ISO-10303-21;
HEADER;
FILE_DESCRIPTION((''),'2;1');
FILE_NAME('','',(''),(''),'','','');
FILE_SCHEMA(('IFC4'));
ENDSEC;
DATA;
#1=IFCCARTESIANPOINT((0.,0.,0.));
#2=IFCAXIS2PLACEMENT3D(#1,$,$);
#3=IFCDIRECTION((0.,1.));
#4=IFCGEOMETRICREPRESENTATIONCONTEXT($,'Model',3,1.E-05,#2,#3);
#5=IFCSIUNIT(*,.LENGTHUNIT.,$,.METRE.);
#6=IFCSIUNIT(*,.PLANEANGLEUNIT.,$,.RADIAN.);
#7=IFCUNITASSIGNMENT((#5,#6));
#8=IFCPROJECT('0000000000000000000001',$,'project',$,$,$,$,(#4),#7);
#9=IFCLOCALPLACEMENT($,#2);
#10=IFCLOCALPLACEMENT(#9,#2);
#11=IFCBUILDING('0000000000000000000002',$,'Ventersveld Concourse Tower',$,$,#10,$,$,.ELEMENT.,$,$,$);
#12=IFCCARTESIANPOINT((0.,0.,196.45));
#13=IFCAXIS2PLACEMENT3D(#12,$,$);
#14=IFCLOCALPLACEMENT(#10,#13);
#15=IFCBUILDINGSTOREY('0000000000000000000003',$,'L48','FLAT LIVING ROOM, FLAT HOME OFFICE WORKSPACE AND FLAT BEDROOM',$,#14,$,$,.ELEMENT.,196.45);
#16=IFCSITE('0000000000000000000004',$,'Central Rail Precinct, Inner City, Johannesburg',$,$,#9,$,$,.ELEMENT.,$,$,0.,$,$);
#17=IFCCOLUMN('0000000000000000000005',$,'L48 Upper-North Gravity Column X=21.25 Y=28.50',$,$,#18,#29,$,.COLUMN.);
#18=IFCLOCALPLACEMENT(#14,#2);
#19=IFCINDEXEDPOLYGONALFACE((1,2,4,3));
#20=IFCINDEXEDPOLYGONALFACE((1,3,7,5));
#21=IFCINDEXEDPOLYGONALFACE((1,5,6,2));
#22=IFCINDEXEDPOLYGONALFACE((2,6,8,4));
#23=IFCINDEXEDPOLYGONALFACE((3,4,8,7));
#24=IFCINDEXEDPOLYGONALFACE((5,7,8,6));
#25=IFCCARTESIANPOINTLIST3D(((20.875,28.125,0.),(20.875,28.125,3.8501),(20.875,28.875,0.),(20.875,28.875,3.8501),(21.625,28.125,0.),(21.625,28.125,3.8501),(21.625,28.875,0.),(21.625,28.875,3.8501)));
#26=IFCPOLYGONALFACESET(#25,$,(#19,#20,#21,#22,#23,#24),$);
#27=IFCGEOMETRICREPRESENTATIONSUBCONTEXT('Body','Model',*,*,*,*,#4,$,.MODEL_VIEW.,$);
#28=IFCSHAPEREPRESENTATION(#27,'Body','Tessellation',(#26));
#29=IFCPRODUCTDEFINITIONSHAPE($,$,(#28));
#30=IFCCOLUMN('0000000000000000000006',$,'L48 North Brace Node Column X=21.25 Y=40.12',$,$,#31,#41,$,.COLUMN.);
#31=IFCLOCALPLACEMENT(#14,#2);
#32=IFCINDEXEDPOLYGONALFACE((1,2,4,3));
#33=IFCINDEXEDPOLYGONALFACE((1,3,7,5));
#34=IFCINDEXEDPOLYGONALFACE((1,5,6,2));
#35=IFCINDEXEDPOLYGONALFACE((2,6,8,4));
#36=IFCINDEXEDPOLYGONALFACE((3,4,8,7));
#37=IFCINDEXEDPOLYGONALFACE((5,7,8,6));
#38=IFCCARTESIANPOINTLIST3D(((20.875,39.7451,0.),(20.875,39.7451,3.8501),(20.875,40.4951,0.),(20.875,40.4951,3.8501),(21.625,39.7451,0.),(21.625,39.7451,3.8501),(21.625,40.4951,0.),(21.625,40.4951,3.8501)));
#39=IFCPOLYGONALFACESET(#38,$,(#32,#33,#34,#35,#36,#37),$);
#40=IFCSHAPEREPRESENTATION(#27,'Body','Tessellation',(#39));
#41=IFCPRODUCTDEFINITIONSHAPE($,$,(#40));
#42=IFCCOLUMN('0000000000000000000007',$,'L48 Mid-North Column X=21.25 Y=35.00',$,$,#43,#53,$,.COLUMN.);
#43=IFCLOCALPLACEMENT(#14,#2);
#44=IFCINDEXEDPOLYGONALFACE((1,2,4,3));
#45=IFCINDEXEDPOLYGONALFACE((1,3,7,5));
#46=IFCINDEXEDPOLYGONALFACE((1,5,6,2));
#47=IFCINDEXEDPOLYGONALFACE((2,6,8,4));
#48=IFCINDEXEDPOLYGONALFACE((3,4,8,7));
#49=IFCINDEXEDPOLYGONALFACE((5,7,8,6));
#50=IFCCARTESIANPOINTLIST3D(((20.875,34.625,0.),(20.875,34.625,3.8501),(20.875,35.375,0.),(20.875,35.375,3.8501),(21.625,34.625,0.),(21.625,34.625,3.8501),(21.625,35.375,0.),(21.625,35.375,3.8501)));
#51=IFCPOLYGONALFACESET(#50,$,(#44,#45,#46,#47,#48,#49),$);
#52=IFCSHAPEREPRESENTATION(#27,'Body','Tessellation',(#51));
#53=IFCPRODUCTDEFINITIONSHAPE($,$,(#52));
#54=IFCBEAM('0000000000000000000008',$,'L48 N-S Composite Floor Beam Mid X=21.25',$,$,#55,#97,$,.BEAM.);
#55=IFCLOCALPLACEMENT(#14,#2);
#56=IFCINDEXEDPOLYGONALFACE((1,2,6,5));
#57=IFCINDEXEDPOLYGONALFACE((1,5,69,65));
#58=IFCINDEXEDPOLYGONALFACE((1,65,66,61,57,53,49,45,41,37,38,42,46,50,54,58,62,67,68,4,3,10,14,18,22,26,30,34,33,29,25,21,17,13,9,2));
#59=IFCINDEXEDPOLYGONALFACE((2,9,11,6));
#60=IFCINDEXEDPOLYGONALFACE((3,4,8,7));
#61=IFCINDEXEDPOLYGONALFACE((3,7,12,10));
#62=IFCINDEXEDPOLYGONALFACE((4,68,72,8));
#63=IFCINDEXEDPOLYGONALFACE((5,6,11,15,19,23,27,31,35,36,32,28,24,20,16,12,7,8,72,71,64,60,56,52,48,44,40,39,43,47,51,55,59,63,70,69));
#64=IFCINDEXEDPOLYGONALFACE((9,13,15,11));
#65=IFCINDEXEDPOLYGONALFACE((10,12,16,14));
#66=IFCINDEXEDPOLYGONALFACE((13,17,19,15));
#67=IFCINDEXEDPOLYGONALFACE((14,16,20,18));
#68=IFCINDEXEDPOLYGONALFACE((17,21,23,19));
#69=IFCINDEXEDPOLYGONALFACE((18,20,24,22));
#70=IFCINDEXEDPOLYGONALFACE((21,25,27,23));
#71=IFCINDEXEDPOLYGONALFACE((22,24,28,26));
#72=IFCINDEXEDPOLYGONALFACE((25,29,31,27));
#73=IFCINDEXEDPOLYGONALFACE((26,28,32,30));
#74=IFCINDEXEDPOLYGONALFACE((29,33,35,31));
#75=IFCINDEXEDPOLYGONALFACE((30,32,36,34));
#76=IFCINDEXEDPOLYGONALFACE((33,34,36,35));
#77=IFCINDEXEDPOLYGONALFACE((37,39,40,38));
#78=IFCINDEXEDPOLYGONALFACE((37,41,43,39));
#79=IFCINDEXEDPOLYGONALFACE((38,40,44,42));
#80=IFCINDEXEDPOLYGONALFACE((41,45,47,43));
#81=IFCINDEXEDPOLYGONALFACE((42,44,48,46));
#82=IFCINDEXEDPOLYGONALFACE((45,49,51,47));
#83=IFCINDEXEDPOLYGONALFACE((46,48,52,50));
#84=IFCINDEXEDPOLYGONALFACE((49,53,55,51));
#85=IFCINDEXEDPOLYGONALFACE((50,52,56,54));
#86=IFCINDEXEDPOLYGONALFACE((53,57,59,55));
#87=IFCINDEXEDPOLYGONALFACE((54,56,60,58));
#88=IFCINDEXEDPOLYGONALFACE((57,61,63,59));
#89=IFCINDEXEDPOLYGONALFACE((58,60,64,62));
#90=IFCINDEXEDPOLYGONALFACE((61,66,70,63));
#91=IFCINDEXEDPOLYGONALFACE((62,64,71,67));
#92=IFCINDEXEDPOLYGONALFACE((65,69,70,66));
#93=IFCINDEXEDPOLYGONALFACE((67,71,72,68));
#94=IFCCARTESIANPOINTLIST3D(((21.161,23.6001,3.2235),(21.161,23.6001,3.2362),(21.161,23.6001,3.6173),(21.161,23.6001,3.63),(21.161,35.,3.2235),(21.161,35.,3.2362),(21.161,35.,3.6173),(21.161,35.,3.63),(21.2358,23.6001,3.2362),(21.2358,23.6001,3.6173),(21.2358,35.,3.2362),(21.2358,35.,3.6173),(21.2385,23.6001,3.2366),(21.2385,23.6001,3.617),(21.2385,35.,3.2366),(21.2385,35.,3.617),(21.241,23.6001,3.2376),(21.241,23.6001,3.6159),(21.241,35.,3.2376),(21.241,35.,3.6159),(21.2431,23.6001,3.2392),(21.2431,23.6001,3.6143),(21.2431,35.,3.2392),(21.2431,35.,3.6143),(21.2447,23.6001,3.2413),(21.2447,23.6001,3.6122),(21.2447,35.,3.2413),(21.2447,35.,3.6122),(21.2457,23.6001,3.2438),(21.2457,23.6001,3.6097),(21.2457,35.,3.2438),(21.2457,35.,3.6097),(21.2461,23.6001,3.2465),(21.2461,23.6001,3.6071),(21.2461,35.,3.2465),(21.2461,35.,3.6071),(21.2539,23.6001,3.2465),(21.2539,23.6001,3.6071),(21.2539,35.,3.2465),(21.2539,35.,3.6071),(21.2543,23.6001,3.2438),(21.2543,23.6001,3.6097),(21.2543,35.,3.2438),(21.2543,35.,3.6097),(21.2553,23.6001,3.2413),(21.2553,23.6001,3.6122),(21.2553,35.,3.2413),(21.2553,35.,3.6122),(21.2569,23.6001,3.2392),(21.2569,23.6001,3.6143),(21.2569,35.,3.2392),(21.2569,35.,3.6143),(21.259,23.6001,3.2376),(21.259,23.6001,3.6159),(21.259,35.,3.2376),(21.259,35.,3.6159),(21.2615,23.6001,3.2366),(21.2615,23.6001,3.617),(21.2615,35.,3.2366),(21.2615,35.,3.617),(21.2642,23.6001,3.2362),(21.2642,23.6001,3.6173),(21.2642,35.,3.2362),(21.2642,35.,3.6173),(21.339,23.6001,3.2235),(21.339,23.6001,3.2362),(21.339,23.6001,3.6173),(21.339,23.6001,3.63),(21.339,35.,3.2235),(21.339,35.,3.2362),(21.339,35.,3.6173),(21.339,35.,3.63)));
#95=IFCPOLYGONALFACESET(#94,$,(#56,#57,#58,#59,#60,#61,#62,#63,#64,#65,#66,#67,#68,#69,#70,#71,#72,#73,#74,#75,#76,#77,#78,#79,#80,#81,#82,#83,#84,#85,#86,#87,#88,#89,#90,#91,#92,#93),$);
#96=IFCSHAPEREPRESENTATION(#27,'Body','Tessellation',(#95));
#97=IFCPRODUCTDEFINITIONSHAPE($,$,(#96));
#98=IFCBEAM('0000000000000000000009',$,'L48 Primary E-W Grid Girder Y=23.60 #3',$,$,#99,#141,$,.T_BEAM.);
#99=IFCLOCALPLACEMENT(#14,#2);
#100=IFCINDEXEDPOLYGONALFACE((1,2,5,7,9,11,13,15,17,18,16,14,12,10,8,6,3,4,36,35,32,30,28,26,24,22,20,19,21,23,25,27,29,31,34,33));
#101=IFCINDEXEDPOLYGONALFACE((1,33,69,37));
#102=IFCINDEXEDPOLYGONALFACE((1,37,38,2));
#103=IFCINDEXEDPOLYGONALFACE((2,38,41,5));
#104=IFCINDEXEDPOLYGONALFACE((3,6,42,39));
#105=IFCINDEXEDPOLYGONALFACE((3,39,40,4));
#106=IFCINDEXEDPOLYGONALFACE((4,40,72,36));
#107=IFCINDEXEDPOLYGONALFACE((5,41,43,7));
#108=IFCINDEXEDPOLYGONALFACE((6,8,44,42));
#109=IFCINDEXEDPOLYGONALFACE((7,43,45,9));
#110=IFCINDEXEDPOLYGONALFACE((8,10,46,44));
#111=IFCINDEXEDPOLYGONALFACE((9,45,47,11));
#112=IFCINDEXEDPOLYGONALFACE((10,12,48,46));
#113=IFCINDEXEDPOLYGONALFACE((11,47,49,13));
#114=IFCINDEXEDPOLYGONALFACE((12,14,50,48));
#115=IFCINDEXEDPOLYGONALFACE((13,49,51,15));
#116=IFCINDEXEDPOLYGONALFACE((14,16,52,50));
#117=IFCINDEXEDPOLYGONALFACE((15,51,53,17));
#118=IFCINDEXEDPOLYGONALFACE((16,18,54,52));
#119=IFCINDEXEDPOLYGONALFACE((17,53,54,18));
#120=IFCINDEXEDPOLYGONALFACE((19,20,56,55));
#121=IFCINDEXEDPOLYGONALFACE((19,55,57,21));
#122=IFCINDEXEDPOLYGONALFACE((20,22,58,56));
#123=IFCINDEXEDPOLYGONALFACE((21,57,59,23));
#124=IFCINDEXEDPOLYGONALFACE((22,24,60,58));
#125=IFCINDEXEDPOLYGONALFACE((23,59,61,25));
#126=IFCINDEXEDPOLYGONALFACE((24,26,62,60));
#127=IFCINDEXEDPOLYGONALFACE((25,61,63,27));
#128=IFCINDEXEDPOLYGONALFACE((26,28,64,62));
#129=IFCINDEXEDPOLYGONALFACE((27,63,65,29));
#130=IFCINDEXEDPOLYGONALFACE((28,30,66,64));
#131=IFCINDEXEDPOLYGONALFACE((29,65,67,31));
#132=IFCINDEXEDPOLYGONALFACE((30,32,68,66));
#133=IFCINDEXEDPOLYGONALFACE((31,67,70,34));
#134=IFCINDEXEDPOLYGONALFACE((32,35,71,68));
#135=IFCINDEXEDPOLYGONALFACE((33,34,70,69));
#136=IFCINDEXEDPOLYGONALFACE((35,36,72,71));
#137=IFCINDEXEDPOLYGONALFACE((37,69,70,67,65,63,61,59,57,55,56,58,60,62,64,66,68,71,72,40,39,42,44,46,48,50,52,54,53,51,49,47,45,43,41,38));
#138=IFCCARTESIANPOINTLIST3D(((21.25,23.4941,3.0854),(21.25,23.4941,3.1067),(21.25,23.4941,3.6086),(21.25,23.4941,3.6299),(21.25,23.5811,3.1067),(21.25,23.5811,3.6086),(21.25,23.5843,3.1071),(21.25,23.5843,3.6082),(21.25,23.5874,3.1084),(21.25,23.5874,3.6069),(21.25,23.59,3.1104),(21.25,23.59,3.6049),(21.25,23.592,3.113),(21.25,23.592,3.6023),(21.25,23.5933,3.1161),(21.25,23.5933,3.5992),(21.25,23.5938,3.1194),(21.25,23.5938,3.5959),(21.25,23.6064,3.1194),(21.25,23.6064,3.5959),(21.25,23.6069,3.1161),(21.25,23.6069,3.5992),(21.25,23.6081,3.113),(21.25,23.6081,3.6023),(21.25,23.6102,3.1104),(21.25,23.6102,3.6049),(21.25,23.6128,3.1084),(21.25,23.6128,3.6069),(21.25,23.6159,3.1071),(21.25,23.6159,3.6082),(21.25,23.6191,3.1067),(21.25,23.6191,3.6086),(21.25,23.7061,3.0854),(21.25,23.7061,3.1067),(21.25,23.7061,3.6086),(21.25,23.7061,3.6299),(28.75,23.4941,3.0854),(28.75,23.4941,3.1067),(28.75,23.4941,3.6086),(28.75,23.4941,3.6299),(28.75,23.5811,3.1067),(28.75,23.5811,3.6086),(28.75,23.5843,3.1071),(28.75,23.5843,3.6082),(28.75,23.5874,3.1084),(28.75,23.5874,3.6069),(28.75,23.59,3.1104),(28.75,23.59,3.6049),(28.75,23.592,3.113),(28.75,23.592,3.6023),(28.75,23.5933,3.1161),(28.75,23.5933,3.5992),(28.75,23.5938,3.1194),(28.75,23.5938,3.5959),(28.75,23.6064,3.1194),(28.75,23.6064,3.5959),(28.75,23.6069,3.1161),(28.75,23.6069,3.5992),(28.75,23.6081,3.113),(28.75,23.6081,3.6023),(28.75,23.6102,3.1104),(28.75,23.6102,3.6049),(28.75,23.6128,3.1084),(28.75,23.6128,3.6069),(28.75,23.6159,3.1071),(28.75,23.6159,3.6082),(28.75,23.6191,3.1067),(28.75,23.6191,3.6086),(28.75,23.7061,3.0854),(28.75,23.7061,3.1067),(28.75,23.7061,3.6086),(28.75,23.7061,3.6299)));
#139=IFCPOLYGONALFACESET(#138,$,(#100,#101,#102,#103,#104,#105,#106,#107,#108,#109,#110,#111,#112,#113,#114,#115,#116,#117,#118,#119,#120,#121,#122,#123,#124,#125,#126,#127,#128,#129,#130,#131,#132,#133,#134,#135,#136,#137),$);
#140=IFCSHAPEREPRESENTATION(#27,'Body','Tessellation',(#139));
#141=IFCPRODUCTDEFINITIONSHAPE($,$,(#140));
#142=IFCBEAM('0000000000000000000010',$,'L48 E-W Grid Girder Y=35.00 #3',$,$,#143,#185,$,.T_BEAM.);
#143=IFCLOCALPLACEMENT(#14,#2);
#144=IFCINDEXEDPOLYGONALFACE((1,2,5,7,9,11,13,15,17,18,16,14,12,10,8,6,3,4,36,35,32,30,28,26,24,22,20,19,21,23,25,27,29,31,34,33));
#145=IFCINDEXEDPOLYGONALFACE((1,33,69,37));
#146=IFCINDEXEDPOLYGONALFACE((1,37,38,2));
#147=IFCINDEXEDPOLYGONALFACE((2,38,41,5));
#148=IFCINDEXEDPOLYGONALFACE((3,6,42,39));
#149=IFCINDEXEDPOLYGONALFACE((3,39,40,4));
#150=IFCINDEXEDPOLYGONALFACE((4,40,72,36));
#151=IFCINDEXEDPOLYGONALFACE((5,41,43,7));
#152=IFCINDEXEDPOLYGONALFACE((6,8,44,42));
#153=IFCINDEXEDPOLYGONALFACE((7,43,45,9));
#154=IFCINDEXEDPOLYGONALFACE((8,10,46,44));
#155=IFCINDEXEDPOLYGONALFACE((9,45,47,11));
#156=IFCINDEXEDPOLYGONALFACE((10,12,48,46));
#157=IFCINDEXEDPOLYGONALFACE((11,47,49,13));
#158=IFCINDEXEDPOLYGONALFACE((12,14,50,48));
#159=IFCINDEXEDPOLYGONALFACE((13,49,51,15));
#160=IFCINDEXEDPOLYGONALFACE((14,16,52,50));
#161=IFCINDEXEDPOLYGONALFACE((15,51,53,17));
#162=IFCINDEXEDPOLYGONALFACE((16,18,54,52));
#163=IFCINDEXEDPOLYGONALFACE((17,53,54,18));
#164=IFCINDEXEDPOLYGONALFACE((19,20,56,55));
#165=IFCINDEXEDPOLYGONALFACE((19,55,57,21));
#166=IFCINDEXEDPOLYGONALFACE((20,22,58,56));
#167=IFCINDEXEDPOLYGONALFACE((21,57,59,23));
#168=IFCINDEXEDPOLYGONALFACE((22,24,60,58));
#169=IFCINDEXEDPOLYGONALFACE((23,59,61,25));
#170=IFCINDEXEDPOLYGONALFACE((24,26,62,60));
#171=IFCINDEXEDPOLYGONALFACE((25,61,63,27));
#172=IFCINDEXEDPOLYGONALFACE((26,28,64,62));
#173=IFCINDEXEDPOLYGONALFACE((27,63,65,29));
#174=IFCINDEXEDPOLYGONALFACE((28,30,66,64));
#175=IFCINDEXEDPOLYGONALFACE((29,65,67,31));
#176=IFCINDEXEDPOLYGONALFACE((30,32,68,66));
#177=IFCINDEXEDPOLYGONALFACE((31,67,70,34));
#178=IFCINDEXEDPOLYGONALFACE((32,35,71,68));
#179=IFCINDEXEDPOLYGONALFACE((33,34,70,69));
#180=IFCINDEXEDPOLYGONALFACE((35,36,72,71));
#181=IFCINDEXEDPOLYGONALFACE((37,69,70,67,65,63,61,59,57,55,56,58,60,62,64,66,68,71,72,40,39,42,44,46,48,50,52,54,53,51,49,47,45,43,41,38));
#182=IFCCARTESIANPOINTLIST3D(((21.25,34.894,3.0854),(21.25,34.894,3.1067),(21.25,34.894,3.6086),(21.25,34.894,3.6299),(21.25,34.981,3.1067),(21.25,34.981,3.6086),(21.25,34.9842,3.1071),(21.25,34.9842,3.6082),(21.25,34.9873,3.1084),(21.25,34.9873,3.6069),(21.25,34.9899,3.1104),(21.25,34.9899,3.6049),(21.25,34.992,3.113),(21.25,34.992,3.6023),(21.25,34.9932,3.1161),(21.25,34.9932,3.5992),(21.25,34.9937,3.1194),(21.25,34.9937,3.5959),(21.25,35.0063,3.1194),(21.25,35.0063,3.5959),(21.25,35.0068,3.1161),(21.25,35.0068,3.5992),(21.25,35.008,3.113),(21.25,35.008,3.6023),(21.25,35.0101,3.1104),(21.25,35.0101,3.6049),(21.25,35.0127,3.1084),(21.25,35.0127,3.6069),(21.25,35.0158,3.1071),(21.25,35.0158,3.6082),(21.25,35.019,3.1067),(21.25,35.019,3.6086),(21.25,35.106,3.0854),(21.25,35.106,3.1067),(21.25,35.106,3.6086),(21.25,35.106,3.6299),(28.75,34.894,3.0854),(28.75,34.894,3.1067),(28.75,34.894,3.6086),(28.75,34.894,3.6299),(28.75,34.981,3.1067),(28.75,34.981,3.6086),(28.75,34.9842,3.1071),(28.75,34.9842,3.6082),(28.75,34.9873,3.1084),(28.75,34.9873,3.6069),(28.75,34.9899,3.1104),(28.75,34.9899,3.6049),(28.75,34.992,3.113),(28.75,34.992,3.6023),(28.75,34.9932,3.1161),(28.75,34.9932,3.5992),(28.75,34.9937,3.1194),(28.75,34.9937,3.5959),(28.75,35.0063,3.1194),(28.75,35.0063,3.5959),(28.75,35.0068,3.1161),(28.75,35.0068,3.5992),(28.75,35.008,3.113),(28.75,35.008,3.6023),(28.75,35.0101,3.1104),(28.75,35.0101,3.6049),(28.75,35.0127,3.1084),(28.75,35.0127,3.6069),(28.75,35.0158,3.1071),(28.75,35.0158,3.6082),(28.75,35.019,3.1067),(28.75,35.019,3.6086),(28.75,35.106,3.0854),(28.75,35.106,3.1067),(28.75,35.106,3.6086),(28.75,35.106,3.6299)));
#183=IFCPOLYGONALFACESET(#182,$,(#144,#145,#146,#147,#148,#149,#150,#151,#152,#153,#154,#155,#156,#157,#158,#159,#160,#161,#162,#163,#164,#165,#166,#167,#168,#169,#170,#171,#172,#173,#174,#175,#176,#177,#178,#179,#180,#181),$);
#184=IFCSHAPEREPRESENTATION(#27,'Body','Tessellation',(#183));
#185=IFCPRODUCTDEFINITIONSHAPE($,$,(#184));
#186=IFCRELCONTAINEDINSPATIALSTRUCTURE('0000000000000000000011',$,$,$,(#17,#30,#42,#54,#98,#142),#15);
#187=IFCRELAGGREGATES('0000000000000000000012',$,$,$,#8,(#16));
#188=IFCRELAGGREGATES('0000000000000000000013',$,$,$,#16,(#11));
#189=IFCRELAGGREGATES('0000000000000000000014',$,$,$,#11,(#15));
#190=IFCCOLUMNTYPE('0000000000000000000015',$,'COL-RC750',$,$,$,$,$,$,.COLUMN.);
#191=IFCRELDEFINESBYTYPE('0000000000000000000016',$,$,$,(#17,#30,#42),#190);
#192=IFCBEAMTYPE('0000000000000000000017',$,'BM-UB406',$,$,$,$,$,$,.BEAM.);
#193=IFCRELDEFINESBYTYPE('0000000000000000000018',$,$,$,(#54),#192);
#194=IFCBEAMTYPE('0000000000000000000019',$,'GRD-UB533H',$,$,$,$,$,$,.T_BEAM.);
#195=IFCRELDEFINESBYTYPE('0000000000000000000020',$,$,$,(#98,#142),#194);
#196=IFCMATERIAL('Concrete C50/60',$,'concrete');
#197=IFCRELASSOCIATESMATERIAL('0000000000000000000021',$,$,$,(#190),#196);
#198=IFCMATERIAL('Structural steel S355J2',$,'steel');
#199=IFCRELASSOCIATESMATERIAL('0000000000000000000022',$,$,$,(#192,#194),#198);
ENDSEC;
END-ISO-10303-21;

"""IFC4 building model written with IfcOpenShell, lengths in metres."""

from ifc_helpers import new_model, si_unit, direction, frame, origin, origin_2d, place, context, subcontext, project, spatial, rectangle, i_section, extrude, material, material_profile, profile_set, type_object, element, save


model = new_model("IFC4")

# Units and contexts
model_context = context("Model", 3, precision=1e-05, world=origin(), true_north=direction((0.0, 1.0)))
body_context = subcontext(model_context, "Body", "Model", "MODEL_VIEW")
ifc_project = project(units=[si_unit("LENGTHUNIT", "METRE"), si_unit("PLANEANGLEUNIT", "RADIAN")], contexts=[model_context])

# Site, building, storey
site_placement = place(None, origin())
site = spatial("IfcSite", under=ifc_project, at=site_placement, Name="Central Rail Precinct, Inner City, Johannesburg", CompositionType="ELEMENT", RefElevation=0.0)
building_placement = place(site_placement, origin())
building = spatial("IfcBuilding", under=site, at=building_placement, Name="Ventersveld Concourse Tower", CompositionType="ELEMENT")
storey_placement = place(building_placement, frame((0.0, 0.0, 196.45)))
storey = spatial("IfcBuildingStorey", under=building, at=storey_placement, Name="L48", Description="FLAT LIVING ROOM, FLAT HOME OFFICE WORKSPACE AND FLAT BEDROOM", CompositionType="ELEMENT", Elevation=196.45)

# Columns
ifc_material_1 = material(Name="Concrete C50/60", Category="concrete")
ifc_material_profile_1 = material_profile(ifc_material_1, rectangle(XDim=0.75, YDim=0.75, at=origin_2d()), Name="RC 750x750")
ifc_profile_set_1 = profile_set([ifc_material_profile_1], Name="Concrete C50/60")
column_type = type_object("IfcColumnType", Name="COL-RC750", PredefinedType="COLUMN", material=ifc_profile_set_1)
for number, where, z_axis, x_axis, name in (
    (1, (21.25, 28.5, 0.0), (0.0, 0.0, 1.0), (1.0, 0.0, 0.0), "L48 Upper-North Gravity Column X=21.25 Y=28.50"),
    (2, (21.25, 40.1201, 0.0), (0.0, 0.0, 1.0), (1.0, 0.0, 0.0), "L48 North Brace Node Column X=21.25 Y=40.12"),
    (3, (21.25, 35.0, 0.0), (0.0, 0.0, 1.0), (1.0, 0.0, 0.0), "L48 Mid-North Column X=21.25 Y=35.00"),
):
    element("IfcColumn", number, at=place(storey_placement, frame(where, z_axis=z_axis, x_axis=x_axis)), inside=storey, type_object=column_type, Name=name, PredefinedType="COLUMN", context=body_context, shape_type="SweptSolid", body=[
        extrude(rectangle(XDim=0.75, YDim=0.75, at=origin_2d()), origin(), (0.0, 0.0, 1.0), 3.8501),
    ])

# Beams
ifc_material_2 = material(Name="Structural steel S355J2", Category="steel")
ifc_material_profile_2 = material_profile(ifc_material_2, i_section(OverallWidth=0.178, OverallDepth=0.4065, WebThickness=0.0078, FlangeThickness=0.0127, FilletRadius=0.0103, at=origin_2d()), Name="UB 406x178x60")
ifc_profile_set_2 = profile_set([ifc_material_profile_2], Name="Structural steel S355J2")
beam_type_1 = type_object("IfcBeamType", Name="BM-UB406", PredefinedType="BEAM", material=ifc_profile_set_2)
beam_1_placement = place(storey_placement, frame((21.25, 23.6001, 3.4268), z_axis=(0.0, 1.0, 0.0), x_axis=(-1.0, 0.0, 0.0)))
element("IfcBeam", 4, at=beam_1_placement, inside=storey, type_object=beam_type_1, Name="L48 N-S Composite Floor Beam Mid X=21.25", PredefinedType="BEAM", context=body_context, shape_type="SweptSolid", body=[
    extrude(i_section(OverallWidth=0.178, OverallDepth=0.4065, WebThickness=0.0078, FlangeThickness=0.0127, FilletRadius=0.0103, at=origin_2d()), origin(), (0.0, 0.0, 1.0), 11.3999),
])
ifc_material_profile_3 = material_profile(ifc_material_2, i_section(OverallWidth=0.2119, OverallDepth=0.5444, WebThickness=0.0127, FlangeThickness=0.0212, FilletRadius=0.0127, at=origin_2d()), Name="UB 533x210x122")
ifc_profile_set_3 = profile_set([ifc_material_profile_3], Name="Structural steel S355J2")
beam_type_2 = type_object("IfcBeamType", Name="GRD-UB533H", PredefinedType="T_BEAM", material=ifc_profile_set_3)
for number, where, z_axis, x_axis, name in (
    (5, (21.25, 23.6001, 3.3577), (1.0, 0.0, 0.0), (0.0, 1.0, 0.0), "L48 Primary E-W Grid Girder Y=23.60 #3"),
    (6, (21.25, 35.0, 3.3577), (1.0, 0.0, 0.0), (0.0, 1.0, 0.0), "L48 E-W Grid Girder Y=35.00 #3"),
):
    element("IfcBeam", number, at=place(storey_placement, frame(where, z_axis=z_axis, x_axis=x_axis)), inside=storey, type_object=beam_type_2, Name=name, PredefinedType="T_BEAM", context=body_context, shape_type="SweptSolid", body=[
        extrude(i_section(OverallWidth=0.2119, OverallDepth=0.5444, WebThickness=0.0127, FlangeThickness=0.0212, FilletRadius=0.0127, at=origin_2d()), origin(), (0.0, 0.0, 1.0), 7.5),
    ])

save(model, "model.ifc")
